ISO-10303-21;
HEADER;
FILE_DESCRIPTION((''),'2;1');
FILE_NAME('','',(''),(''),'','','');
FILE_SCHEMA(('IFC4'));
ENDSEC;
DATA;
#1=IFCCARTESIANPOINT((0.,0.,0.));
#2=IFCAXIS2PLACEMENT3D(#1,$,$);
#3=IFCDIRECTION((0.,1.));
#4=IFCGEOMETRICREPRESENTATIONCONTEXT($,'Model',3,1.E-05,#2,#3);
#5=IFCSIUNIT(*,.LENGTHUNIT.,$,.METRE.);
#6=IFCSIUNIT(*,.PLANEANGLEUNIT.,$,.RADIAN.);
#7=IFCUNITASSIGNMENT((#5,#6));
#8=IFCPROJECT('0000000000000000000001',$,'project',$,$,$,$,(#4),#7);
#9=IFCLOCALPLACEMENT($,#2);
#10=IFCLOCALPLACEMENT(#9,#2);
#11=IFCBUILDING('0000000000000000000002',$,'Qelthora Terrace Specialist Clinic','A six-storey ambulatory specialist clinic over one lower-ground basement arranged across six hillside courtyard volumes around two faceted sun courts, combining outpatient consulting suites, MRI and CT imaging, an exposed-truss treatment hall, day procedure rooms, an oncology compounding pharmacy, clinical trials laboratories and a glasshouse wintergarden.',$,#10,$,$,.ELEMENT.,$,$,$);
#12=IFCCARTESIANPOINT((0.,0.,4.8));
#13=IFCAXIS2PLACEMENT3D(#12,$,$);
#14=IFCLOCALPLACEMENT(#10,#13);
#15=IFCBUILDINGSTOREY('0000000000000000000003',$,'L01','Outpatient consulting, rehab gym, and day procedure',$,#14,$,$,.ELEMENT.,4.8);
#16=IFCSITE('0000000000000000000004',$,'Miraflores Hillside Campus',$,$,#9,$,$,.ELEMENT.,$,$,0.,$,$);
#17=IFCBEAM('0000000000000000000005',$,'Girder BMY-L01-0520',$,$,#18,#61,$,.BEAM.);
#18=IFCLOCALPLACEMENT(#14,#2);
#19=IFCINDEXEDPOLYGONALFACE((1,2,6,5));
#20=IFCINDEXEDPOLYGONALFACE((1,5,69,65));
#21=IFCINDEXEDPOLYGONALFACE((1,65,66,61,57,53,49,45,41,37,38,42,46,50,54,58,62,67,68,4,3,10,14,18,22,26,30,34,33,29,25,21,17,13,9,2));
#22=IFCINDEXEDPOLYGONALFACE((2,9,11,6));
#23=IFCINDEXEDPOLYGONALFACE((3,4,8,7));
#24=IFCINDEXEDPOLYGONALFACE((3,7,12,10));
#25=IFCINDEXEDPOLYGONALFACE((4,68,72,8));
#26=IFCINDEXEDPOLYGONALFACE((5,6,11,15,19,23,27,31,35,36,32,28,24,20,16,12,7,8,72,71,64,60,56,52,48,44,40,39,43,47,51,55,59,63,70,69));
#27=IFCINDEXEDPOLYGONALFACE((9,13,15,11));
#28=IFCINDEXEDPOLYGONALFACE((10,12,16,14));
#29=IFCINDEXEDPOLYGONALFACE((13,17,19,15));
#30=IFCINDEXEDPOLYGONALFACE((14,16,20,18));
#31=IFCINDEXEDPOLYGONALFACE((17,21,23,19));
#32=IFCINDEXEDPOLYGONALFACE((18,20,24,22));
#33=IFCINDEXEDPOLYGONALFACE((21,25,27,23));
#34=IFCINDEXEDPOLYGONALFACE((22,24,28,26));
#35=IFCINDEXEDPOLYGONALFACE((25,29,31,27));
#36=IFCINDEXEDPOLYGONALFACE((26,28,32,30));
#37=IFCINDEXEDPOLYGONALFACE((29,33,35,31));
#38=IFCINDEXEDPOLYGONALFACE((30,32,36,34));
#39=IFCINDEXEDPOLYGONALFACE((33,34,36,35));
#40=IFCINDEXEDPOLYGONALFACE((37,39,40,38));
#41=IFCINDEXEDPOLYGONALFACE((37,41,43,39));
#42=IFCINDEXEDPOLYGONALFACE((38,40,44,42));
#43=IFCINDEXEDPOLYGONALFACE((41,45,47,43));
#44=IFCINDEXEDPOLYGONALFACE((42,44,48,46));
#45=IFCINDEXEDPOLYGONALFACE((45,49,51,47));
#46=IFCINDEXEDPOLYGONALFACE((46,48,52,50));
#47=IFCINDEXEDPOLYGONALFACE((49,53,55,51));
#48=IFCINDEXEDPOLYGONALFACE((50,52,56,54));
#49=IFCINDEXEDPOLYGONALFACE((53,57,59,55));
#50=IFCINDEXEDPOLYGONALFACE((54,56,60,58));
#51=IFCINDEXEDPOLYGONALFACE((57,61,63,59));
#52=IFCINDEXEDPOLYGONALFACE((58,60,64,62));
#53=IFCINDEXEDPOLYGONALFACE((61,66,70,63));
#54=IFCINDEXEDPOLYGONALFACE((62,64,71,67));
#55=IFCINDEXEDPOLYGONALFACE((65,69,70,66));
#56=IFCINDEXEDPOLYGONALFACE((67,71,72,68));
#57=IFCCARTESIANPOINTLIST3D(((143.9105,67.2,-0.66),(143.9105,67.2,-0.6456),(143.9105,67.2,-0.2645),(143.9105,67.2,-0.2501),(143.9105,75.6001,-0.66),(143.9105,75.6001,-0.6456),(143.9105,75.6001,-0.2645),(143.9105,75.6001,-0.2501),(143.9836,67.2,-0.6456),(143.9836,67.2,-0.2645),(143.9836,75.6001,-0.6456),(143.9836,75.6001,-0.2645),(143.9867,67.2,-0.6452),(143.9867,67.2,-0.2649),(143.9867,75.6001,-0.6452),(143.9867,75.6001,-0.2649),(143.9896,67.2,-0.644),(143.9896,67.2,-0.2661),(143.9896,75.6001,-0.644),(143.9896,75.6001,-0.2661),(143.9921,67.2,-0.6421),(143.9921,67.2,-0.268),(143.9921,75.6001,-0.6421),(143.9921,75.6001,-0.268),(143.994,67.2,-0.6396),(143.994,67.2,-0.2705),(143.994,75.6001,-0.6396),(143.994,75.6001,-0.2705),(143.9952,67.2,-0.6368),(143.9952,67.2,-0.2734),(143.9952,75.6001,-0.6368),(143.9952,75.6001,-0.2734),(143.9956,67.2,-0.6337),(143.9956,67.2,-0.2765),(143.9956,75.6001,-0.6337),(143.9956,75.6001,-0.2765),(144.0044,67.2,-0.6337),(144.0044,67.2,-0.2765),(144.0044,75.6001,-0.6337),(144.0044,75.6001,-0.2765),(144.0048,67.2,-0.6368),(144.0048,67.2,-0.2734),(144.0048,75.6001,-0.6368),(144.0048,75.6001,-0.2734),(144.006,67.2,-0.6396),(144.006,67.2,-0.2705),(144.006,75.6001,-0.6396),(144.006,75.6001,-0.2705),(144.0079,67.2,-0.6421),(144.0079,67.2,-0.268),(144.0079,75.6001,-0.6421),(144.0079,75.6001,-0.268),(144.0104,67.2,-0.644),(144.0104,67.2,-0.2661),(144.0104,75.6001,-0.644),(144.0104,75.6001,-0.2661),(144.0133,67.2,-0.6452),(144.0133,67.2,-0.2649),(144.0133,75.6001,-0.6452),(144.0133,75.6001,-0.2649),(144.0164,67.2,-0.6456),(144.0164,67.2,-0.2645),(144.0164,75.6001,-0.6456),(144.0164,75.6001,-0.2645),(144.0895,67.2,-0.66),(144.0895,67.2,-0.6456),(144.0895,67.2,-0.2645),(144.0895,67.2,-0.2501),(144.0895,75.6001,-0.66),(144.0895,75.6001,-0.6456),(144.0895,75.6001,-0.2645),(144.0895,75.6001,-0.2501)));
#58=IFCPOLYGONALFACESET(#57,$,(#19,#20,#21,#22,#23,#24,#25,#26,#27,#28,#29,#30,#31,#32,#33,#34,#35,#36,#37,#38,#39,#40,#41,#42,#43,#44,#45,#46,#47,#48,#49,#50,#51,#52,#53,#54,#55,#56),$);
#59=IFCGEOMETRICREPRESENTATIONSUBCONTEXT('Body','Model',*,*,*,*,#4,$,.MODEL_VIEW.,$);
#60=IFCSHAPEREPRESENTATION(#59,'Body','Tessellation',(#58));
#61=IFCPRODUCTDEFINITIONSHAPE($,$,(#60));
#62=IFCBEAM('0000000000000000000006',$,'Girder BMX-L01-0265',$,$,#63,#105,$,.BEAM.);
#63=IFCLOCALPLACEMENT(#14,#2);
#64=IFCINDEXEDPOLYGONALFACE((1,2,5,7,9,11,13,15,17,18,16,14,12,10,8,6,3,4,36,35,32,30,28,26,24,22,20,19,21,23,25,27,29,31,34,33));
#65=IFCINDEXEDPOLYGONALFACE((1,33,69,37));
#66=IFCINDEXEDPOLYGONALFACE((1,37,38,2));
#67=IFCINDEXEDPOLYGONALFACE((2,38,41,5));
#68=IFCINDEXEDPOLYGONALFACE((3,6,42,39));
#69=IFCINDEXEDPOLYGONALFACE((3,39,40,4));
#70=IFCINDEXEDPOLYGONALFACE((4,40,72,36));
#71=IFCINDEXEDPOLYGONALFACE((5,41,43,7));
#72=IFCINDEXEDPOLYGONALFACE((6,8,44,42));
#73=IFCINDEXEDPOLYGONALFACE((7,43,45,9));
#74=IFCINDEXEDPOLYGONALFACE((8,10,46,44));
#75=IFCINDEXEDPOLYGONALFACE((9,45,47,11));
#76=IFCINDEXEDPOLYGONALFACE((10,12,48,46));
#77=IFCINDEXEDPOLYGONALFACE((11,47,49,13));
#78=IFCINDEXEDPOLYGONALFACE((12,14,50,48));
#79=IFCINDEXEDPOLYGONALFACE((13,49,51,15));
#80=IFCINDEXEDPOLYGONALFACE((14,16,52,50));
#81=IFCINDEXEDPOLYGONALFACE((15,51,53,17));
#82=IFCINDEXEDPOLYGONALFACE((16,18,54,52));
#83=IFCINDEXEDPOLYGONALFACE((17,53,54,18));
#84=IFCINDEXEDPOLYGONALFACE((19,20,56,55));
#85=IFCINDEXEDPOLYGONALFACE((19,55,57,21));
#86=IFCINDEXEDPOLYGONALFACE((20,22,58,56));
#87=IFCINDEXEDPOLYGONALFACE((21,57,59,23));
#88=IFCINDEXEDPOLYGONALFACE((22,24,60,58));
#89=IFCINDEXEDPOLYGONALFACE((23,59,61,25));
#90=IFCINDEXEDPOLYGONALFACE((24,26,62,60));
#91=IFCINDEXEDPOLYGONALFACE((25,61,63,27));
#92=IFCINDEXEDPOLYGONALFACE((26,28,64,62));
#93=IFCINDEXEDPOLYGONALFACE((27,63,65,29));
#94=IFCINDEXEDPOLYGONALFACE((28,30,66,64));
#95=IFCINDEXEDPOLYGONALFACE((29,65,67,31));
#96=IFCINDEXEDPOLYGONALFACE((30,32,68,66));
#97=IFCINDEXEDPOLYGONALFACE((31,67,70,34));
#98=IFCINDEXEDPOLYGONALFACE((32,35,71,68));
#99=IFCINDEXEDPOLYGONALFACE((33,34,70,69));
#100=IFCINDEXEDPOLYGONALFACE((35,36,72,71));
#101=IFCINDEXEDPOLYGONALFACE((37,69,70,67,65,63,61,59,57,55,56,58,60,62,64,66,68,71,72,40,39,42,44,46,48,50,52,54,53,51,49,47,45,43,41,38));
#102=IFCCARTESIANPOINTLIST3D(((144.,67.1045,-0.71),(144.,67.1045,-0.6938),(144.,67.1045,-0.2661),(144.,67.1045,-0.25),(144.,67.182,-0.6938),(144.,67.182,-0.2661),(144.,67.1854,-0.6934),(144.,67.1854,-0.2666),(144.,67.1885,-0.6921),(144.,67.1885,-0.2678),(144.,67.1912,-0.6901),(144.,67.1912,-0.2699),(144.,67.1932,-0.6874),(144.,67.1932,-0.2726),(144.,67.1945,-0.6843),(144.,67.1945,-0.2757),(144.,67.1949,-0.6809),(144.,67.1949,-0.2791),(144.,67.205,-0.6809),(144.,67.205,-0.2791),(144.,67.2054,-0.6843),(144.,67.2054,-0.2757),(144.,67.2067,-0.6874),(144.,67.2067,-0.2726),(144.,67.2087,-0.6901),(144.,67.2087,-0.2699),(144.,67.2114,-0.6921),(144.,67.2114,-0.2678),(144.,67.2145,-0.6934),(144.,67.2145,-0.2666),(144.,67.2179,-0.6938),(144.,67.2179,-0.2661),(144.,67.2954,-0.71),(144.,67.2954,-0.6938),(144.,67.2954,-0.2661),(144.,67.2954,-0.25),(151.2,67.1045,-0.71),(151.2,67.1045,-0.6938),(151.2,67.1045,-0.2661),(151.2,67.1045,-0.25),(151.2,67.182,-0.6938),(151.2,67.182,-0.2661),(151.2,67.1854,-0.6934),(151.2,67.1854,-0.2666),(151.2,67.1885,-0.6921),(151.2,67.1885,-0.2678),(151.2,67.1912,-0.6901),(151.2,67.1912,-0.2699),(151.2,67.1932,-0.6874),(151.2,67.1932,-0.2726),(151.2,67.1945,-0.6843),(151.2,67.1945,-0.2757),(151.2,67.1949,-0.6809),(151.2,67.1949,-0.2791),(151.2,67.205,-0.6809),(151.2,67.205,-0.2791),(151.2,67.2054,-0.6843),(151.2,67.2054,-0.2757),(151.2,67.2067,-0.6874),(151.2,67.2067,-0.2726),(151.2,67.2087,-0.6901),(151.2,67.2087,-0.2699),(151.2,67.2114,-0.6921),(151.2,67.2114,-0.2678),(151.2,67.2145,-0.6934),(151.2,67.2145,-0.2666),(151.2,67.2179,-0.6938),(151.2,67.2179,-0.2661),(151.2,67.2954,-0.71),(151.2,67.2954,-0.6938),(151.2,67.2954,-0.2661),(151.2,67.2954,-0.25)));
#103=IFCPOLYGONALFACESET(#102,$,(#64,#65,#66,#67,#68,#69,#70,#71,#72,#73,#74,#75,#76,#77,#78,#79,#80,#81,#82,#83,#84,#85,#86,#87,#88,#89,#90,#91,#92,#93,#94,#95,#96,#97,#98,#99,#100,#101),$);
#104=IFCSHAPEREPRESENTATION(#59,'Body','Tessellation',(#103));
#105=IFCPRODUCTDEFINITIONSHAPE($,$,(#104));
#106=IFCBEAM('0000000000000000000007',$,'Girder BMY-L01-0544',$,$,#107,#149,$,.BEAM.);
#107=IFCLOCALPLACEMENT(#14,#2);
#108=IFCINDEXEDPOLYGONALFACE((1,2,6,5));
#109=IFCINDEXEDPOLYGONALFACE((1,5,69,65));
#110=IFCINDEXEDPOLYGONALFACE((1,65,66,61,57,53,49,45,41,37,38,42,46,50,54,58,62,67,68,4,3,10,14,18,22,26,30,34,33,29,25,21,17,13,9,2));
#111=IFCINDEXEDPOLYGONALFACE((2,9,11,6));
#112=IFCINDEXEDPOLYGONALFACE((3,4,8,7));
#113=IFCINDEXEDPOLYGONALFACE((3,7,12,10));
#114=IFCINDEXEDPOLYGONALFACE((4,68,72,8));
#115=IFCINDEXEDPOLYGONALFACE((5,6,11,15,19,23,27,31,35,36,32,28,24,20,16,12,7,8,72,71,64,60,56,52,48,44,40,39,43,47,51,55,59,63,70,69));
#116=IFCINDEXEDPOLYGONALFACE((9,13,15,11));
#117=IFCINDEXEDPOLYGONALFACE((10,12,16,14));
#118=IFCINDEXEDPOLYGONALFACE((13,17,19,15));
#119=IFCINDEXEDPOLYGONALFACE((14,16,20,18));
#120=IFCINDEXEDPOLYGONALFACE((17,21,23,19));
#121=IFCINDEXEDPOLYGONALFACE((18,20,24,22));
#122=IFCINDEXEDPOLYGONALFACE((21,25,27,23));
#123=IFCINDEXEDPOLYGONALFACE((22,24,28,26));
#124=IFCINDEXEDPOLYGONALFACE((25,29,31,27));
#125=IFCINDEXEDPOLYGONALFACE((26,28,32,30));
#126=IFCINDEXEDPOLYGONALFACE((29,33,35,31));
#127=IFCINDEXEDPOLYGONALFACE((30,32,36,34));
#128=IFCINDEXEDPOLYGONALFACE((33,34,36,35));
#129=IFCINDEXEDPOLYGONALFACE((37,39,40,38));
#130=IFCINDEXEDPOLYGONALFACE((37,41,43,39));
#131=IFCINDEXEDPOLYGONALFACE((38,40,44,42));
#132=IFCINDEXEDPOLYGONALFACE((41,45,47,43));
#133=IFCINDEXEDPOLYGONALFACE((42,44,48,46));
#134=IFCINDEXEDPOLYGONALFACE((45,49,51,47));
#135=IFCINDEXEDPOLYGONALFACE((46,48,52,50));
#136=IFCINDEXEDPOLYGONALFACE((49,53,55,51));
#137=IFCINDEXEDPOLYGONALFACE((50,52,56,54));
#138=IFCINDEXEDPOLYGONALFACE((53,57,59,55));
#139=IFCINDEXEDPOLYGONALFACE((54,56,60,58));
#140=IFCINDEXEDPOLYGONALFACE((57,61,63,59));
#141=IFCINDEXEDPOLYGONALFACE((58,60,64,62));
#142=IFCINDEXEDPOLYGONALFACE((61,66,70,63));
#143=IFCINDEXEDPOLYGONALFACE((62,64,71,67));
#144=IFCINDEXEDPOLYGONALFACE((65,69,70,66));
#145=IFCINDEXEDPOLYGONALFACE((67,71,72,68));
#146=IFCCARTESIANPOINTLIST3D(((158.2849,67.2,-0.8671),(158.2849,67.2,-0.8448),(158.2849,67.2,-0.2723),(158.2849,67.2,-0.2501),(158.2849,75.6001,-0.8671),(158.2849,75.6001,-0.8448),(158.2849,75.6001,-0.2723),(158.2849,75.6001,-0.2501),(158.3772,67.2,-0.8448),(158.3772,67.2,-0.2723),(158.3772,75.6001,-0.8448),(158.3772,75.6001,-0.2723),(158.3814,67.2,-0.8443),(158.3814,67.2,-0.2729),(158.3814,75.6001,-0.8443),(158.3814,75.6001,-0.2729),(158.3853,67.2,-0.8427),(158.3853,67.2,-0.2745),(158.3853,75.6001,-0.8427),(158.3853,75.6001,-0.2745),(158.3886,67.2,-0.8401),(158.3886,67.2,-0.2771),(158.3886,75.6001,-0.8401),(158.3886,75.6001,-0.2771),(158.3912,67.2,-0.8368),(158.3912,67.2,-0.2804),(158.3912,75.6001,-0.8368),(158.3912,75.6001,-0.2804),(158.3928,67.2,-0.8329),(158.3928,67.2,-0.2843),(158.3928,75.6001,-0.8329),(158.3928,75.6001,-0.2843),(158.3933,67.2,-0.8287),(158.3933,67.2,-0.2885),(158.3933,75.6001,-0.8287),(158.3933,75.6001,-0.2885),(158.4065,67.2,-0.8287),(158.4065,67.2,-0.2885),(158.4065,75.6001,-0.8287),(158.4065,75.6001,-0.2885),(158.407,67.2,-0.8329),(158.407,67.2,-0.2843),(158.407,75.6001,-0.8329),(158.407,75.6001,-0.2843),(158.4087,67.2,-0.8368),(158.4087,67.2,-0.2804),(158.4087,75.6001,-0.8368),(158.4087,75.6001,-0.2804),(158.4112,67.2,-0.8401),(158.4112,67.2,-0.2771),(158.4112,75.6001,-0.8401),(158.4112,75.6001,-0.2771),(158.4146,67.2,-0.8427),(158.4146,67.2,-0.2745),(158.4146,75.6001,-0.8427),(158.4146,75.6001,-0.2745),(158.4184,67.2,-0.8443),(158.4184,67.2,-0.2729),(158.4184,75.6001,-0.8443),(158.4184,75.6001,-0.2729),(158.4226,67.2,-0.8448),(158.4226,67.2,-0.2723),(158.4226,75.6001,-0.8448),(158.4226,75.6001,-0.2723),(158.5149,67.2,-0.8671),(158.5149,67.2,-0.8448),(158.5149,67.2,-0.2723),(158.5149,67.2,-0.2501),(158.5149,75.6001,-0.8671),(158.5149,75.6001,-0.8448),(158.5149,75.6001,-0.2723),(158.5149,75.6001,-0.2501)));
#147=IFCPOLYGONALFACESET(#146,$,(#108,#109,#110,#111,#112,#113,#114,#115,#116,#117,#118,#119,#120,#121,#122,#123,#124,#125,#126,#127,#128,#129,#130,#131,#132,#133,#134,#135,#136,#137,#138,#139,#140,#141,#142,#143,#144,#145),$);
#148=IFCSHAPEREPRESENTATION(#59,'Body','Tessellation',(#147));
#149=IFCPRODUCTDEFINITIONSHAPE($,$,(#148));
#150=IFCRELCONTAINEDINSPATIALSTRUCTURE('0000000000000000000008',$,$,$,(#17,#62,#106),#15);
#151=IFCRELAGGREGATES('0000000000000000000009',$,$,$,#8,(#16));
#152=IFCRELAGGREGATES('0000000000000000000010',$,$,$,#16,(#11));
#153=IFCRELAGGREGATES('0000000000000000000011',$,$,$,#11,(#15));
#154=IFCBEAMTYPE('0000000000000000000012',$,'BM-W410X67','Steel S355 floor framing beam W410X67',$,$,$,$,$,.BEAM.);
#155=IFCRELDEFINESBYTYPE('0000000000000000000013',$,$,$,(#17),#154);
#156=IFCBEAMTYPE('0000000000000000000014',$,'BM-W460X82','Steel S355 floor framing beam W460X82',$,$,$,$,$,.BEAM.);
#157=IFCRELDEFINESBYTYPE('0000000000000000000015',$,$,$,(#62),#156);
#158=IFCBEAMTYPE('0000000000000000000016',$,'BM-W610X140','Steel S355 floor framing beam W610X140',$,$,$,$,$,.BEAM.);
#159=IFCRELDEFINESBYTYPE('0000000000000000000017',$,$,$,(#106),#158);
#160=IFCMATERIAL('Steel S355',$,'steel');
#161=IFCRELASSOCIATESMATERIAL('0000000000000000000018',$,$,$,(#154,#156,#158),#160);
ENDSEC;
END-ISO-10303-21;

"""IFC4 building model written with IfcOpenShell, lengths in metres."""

from ifc_helpers import new_model, si_unit, direction, frame, origin, origin_2d, place, context, subcontext, project, spatial, i_section, extrude, material, material_profile, profile_set, type_object, element, save


model = new_model("IFC4")

# Units and contexts
model_context = context("Model", 3, precision=1e-05, world=origin(), true_north=direction((0.0, 1.0)))
body_context = subcontext(model_context, "Body", "Model", "MODEL_VIEW")
ifc_project = project(units=[si_unit("LENGTHUNIT", "METRE"), si_unit("PLANEANGLEUNIT", "RADIAN")], contexts=[model_context])

# Site, building, storey
site_placement = place(None, origin())
site = spatial("IfcSite", under=ifc_project, at=site_placement, Name="Miraflores Hillside Campus", CompositionType="ELEMENT", RefElevation=0.0)
building_placement = place(site_placement, origin())
building = spatial("IfcBuilding", under=site, at=building_placement, Name="Qelthora Terrace Specialist Clinic", Description="A six-storey ambulatory specialist clinic over one lower-ground basement arranged across six hillside courtyard volumes around two faceted sun courts, combining outpatient consulting suites, MRI and CT imaging, an exposed-truss treatment hall, day procedure rooms, an oncology compounding pharmacy, clinical trials laboratories and a glasshouse wintergarden.", CompositionType="ELEMENT")
storey_placement = place(building_placement, frame((0.0, 0.0, 4.8)))
storey = spatial("IfcBuildingStorey", under=building, at=storey_placement, Name="L01", Description="Outpatient consulting, rehab gym, and day procedure", CompositionType="ELEMENT", Elevation=4.8)

# Shared definitions
ifc_material_1 = material(Name="Steel S355", Category="steel")

# Beams
ifc_material_profile_1 = material_profile(ifc_material_1, i_section(OverallWidth=0.179, OverallDepth=0.4099, WebThickness=0.0088, FlangeThickness=0.0144, FilletRadius=0.012, at=origin_2d()), Name="W410X67")
ifc_profile_set_1 = profile_set([ifc_material_profile_1], Name="Steel S355")
beam_type_1 = type_object("IfcBeamType", Name="BM-W410X67", Description="Steel S355 floor framing beam W410X67", PredefinedType="BEAM", material=ifc_profile_set_1)
beam_1_placement = place(storey_placement, frame((144.0, 67.2, -0.4551), z_axis=(0.0, 1.0, 0.0), x_axis=(-1.0, 0.0, 0.0)))
element("IfcBeam", 1, at=beam_1_placement, inside=storey, type_object=beam_type_1, Name="Girder BMY-L01-0520", PredefinedType="BEAM", context=body_context, shape_type="SweptSolid", body=[
    extrude(i_section(OverallWidth=0.179, OverallDepth=0.4099, WebThickness=0.0088, FlangeThickness=0.0144, FilletRadius=0.012, at=origin_2d()), origin(), (0.0, 0.0, 1.0), 8.4001),
])
ifc_material_profile_2 = material_profile(ifc_material_1, i_section(OverallWidth=0.1909, OverallDepth=0.46, WebThickness=0.01, FlangeThickness=0.0161, FilletRadius=0.0129, at=origin_2d()), Name="W460X82")
ifc_profile_set_2 = profile_set([ifc_material_profile_2], Name="Steel S355")
beam_type_2 = type_object("IfcBeamType", Name="BM-W460X82", Description="Steel S355 floor framing beam W460X82", PredefinedType="BEAM", material=ifc_profile_set_2)
beam_2_placement = place(storey_placement, frame((144.0, 67.2, -0.48), z_axis=(1.0, 0.0, 0.0), x_axis=(0.0, 1.0, 0.0)))
element("IfcBeam", 2, at=beam_2_placement, inside=storey, type_object=beam_type_2, Name="Girder BMX-L01-0265", PredefinedType="BEAM", context=body_context, shape_type="SweptSolid", body=[
    extrude(i_section(OverallWidth=0.1909, OverallDepth=0.46, WebThickness=0.01, FlangeThickness=0.0161, FilletRadius=0.0129, at=origin_2d()), origin(), (0.0, 0.0, 1.0), 7.2),
])
ifc_material_profile_3 = material_profile(ifc_material_1, i_section(OverallWidth=0.23, OverallDepth=0.6169, WebThickness=0.0132, FlangeThickness=0.0222, FilletRadius=0.0161, at=origin_2d()), Name="W610X140")
ifc_profile_set_3 = profile_set([ifc_material_profile_3], Name="Steel S355")
beam_type_3 = type_object("IfcBeamType", Name="BM-W610X140", Description="Steel S355 floor framing beam W610X140", PredefinedType="BEAM", material=ifc_profile_set_3)
beam_3_placement = place(storey_placement, frame((158.3999, 67.2, -0.5586), z_axis=(0.0, 1.0, 0.0), x_axis=(-1.0, 0.0, 0.0)))
element("IfcBeam", 3, at=beam_3_placement, inside=storey, type_object=beam_type_3, Name="Girder BMY-L01-0544", PredefinedType="BEAM", context=body_context, shape_type="SweptSolid", body=[
    extrude(i_section(OverallWidth=0.23, OverallDepth=0.6169, WebThickness=0.0132, FlangeThickness=0.0222, FilletRadius=0.0161, at=origin_2d()), origin(), (0.0, 0.0, 1.0), 8.4001),
])

save(model, "model.ifc")
